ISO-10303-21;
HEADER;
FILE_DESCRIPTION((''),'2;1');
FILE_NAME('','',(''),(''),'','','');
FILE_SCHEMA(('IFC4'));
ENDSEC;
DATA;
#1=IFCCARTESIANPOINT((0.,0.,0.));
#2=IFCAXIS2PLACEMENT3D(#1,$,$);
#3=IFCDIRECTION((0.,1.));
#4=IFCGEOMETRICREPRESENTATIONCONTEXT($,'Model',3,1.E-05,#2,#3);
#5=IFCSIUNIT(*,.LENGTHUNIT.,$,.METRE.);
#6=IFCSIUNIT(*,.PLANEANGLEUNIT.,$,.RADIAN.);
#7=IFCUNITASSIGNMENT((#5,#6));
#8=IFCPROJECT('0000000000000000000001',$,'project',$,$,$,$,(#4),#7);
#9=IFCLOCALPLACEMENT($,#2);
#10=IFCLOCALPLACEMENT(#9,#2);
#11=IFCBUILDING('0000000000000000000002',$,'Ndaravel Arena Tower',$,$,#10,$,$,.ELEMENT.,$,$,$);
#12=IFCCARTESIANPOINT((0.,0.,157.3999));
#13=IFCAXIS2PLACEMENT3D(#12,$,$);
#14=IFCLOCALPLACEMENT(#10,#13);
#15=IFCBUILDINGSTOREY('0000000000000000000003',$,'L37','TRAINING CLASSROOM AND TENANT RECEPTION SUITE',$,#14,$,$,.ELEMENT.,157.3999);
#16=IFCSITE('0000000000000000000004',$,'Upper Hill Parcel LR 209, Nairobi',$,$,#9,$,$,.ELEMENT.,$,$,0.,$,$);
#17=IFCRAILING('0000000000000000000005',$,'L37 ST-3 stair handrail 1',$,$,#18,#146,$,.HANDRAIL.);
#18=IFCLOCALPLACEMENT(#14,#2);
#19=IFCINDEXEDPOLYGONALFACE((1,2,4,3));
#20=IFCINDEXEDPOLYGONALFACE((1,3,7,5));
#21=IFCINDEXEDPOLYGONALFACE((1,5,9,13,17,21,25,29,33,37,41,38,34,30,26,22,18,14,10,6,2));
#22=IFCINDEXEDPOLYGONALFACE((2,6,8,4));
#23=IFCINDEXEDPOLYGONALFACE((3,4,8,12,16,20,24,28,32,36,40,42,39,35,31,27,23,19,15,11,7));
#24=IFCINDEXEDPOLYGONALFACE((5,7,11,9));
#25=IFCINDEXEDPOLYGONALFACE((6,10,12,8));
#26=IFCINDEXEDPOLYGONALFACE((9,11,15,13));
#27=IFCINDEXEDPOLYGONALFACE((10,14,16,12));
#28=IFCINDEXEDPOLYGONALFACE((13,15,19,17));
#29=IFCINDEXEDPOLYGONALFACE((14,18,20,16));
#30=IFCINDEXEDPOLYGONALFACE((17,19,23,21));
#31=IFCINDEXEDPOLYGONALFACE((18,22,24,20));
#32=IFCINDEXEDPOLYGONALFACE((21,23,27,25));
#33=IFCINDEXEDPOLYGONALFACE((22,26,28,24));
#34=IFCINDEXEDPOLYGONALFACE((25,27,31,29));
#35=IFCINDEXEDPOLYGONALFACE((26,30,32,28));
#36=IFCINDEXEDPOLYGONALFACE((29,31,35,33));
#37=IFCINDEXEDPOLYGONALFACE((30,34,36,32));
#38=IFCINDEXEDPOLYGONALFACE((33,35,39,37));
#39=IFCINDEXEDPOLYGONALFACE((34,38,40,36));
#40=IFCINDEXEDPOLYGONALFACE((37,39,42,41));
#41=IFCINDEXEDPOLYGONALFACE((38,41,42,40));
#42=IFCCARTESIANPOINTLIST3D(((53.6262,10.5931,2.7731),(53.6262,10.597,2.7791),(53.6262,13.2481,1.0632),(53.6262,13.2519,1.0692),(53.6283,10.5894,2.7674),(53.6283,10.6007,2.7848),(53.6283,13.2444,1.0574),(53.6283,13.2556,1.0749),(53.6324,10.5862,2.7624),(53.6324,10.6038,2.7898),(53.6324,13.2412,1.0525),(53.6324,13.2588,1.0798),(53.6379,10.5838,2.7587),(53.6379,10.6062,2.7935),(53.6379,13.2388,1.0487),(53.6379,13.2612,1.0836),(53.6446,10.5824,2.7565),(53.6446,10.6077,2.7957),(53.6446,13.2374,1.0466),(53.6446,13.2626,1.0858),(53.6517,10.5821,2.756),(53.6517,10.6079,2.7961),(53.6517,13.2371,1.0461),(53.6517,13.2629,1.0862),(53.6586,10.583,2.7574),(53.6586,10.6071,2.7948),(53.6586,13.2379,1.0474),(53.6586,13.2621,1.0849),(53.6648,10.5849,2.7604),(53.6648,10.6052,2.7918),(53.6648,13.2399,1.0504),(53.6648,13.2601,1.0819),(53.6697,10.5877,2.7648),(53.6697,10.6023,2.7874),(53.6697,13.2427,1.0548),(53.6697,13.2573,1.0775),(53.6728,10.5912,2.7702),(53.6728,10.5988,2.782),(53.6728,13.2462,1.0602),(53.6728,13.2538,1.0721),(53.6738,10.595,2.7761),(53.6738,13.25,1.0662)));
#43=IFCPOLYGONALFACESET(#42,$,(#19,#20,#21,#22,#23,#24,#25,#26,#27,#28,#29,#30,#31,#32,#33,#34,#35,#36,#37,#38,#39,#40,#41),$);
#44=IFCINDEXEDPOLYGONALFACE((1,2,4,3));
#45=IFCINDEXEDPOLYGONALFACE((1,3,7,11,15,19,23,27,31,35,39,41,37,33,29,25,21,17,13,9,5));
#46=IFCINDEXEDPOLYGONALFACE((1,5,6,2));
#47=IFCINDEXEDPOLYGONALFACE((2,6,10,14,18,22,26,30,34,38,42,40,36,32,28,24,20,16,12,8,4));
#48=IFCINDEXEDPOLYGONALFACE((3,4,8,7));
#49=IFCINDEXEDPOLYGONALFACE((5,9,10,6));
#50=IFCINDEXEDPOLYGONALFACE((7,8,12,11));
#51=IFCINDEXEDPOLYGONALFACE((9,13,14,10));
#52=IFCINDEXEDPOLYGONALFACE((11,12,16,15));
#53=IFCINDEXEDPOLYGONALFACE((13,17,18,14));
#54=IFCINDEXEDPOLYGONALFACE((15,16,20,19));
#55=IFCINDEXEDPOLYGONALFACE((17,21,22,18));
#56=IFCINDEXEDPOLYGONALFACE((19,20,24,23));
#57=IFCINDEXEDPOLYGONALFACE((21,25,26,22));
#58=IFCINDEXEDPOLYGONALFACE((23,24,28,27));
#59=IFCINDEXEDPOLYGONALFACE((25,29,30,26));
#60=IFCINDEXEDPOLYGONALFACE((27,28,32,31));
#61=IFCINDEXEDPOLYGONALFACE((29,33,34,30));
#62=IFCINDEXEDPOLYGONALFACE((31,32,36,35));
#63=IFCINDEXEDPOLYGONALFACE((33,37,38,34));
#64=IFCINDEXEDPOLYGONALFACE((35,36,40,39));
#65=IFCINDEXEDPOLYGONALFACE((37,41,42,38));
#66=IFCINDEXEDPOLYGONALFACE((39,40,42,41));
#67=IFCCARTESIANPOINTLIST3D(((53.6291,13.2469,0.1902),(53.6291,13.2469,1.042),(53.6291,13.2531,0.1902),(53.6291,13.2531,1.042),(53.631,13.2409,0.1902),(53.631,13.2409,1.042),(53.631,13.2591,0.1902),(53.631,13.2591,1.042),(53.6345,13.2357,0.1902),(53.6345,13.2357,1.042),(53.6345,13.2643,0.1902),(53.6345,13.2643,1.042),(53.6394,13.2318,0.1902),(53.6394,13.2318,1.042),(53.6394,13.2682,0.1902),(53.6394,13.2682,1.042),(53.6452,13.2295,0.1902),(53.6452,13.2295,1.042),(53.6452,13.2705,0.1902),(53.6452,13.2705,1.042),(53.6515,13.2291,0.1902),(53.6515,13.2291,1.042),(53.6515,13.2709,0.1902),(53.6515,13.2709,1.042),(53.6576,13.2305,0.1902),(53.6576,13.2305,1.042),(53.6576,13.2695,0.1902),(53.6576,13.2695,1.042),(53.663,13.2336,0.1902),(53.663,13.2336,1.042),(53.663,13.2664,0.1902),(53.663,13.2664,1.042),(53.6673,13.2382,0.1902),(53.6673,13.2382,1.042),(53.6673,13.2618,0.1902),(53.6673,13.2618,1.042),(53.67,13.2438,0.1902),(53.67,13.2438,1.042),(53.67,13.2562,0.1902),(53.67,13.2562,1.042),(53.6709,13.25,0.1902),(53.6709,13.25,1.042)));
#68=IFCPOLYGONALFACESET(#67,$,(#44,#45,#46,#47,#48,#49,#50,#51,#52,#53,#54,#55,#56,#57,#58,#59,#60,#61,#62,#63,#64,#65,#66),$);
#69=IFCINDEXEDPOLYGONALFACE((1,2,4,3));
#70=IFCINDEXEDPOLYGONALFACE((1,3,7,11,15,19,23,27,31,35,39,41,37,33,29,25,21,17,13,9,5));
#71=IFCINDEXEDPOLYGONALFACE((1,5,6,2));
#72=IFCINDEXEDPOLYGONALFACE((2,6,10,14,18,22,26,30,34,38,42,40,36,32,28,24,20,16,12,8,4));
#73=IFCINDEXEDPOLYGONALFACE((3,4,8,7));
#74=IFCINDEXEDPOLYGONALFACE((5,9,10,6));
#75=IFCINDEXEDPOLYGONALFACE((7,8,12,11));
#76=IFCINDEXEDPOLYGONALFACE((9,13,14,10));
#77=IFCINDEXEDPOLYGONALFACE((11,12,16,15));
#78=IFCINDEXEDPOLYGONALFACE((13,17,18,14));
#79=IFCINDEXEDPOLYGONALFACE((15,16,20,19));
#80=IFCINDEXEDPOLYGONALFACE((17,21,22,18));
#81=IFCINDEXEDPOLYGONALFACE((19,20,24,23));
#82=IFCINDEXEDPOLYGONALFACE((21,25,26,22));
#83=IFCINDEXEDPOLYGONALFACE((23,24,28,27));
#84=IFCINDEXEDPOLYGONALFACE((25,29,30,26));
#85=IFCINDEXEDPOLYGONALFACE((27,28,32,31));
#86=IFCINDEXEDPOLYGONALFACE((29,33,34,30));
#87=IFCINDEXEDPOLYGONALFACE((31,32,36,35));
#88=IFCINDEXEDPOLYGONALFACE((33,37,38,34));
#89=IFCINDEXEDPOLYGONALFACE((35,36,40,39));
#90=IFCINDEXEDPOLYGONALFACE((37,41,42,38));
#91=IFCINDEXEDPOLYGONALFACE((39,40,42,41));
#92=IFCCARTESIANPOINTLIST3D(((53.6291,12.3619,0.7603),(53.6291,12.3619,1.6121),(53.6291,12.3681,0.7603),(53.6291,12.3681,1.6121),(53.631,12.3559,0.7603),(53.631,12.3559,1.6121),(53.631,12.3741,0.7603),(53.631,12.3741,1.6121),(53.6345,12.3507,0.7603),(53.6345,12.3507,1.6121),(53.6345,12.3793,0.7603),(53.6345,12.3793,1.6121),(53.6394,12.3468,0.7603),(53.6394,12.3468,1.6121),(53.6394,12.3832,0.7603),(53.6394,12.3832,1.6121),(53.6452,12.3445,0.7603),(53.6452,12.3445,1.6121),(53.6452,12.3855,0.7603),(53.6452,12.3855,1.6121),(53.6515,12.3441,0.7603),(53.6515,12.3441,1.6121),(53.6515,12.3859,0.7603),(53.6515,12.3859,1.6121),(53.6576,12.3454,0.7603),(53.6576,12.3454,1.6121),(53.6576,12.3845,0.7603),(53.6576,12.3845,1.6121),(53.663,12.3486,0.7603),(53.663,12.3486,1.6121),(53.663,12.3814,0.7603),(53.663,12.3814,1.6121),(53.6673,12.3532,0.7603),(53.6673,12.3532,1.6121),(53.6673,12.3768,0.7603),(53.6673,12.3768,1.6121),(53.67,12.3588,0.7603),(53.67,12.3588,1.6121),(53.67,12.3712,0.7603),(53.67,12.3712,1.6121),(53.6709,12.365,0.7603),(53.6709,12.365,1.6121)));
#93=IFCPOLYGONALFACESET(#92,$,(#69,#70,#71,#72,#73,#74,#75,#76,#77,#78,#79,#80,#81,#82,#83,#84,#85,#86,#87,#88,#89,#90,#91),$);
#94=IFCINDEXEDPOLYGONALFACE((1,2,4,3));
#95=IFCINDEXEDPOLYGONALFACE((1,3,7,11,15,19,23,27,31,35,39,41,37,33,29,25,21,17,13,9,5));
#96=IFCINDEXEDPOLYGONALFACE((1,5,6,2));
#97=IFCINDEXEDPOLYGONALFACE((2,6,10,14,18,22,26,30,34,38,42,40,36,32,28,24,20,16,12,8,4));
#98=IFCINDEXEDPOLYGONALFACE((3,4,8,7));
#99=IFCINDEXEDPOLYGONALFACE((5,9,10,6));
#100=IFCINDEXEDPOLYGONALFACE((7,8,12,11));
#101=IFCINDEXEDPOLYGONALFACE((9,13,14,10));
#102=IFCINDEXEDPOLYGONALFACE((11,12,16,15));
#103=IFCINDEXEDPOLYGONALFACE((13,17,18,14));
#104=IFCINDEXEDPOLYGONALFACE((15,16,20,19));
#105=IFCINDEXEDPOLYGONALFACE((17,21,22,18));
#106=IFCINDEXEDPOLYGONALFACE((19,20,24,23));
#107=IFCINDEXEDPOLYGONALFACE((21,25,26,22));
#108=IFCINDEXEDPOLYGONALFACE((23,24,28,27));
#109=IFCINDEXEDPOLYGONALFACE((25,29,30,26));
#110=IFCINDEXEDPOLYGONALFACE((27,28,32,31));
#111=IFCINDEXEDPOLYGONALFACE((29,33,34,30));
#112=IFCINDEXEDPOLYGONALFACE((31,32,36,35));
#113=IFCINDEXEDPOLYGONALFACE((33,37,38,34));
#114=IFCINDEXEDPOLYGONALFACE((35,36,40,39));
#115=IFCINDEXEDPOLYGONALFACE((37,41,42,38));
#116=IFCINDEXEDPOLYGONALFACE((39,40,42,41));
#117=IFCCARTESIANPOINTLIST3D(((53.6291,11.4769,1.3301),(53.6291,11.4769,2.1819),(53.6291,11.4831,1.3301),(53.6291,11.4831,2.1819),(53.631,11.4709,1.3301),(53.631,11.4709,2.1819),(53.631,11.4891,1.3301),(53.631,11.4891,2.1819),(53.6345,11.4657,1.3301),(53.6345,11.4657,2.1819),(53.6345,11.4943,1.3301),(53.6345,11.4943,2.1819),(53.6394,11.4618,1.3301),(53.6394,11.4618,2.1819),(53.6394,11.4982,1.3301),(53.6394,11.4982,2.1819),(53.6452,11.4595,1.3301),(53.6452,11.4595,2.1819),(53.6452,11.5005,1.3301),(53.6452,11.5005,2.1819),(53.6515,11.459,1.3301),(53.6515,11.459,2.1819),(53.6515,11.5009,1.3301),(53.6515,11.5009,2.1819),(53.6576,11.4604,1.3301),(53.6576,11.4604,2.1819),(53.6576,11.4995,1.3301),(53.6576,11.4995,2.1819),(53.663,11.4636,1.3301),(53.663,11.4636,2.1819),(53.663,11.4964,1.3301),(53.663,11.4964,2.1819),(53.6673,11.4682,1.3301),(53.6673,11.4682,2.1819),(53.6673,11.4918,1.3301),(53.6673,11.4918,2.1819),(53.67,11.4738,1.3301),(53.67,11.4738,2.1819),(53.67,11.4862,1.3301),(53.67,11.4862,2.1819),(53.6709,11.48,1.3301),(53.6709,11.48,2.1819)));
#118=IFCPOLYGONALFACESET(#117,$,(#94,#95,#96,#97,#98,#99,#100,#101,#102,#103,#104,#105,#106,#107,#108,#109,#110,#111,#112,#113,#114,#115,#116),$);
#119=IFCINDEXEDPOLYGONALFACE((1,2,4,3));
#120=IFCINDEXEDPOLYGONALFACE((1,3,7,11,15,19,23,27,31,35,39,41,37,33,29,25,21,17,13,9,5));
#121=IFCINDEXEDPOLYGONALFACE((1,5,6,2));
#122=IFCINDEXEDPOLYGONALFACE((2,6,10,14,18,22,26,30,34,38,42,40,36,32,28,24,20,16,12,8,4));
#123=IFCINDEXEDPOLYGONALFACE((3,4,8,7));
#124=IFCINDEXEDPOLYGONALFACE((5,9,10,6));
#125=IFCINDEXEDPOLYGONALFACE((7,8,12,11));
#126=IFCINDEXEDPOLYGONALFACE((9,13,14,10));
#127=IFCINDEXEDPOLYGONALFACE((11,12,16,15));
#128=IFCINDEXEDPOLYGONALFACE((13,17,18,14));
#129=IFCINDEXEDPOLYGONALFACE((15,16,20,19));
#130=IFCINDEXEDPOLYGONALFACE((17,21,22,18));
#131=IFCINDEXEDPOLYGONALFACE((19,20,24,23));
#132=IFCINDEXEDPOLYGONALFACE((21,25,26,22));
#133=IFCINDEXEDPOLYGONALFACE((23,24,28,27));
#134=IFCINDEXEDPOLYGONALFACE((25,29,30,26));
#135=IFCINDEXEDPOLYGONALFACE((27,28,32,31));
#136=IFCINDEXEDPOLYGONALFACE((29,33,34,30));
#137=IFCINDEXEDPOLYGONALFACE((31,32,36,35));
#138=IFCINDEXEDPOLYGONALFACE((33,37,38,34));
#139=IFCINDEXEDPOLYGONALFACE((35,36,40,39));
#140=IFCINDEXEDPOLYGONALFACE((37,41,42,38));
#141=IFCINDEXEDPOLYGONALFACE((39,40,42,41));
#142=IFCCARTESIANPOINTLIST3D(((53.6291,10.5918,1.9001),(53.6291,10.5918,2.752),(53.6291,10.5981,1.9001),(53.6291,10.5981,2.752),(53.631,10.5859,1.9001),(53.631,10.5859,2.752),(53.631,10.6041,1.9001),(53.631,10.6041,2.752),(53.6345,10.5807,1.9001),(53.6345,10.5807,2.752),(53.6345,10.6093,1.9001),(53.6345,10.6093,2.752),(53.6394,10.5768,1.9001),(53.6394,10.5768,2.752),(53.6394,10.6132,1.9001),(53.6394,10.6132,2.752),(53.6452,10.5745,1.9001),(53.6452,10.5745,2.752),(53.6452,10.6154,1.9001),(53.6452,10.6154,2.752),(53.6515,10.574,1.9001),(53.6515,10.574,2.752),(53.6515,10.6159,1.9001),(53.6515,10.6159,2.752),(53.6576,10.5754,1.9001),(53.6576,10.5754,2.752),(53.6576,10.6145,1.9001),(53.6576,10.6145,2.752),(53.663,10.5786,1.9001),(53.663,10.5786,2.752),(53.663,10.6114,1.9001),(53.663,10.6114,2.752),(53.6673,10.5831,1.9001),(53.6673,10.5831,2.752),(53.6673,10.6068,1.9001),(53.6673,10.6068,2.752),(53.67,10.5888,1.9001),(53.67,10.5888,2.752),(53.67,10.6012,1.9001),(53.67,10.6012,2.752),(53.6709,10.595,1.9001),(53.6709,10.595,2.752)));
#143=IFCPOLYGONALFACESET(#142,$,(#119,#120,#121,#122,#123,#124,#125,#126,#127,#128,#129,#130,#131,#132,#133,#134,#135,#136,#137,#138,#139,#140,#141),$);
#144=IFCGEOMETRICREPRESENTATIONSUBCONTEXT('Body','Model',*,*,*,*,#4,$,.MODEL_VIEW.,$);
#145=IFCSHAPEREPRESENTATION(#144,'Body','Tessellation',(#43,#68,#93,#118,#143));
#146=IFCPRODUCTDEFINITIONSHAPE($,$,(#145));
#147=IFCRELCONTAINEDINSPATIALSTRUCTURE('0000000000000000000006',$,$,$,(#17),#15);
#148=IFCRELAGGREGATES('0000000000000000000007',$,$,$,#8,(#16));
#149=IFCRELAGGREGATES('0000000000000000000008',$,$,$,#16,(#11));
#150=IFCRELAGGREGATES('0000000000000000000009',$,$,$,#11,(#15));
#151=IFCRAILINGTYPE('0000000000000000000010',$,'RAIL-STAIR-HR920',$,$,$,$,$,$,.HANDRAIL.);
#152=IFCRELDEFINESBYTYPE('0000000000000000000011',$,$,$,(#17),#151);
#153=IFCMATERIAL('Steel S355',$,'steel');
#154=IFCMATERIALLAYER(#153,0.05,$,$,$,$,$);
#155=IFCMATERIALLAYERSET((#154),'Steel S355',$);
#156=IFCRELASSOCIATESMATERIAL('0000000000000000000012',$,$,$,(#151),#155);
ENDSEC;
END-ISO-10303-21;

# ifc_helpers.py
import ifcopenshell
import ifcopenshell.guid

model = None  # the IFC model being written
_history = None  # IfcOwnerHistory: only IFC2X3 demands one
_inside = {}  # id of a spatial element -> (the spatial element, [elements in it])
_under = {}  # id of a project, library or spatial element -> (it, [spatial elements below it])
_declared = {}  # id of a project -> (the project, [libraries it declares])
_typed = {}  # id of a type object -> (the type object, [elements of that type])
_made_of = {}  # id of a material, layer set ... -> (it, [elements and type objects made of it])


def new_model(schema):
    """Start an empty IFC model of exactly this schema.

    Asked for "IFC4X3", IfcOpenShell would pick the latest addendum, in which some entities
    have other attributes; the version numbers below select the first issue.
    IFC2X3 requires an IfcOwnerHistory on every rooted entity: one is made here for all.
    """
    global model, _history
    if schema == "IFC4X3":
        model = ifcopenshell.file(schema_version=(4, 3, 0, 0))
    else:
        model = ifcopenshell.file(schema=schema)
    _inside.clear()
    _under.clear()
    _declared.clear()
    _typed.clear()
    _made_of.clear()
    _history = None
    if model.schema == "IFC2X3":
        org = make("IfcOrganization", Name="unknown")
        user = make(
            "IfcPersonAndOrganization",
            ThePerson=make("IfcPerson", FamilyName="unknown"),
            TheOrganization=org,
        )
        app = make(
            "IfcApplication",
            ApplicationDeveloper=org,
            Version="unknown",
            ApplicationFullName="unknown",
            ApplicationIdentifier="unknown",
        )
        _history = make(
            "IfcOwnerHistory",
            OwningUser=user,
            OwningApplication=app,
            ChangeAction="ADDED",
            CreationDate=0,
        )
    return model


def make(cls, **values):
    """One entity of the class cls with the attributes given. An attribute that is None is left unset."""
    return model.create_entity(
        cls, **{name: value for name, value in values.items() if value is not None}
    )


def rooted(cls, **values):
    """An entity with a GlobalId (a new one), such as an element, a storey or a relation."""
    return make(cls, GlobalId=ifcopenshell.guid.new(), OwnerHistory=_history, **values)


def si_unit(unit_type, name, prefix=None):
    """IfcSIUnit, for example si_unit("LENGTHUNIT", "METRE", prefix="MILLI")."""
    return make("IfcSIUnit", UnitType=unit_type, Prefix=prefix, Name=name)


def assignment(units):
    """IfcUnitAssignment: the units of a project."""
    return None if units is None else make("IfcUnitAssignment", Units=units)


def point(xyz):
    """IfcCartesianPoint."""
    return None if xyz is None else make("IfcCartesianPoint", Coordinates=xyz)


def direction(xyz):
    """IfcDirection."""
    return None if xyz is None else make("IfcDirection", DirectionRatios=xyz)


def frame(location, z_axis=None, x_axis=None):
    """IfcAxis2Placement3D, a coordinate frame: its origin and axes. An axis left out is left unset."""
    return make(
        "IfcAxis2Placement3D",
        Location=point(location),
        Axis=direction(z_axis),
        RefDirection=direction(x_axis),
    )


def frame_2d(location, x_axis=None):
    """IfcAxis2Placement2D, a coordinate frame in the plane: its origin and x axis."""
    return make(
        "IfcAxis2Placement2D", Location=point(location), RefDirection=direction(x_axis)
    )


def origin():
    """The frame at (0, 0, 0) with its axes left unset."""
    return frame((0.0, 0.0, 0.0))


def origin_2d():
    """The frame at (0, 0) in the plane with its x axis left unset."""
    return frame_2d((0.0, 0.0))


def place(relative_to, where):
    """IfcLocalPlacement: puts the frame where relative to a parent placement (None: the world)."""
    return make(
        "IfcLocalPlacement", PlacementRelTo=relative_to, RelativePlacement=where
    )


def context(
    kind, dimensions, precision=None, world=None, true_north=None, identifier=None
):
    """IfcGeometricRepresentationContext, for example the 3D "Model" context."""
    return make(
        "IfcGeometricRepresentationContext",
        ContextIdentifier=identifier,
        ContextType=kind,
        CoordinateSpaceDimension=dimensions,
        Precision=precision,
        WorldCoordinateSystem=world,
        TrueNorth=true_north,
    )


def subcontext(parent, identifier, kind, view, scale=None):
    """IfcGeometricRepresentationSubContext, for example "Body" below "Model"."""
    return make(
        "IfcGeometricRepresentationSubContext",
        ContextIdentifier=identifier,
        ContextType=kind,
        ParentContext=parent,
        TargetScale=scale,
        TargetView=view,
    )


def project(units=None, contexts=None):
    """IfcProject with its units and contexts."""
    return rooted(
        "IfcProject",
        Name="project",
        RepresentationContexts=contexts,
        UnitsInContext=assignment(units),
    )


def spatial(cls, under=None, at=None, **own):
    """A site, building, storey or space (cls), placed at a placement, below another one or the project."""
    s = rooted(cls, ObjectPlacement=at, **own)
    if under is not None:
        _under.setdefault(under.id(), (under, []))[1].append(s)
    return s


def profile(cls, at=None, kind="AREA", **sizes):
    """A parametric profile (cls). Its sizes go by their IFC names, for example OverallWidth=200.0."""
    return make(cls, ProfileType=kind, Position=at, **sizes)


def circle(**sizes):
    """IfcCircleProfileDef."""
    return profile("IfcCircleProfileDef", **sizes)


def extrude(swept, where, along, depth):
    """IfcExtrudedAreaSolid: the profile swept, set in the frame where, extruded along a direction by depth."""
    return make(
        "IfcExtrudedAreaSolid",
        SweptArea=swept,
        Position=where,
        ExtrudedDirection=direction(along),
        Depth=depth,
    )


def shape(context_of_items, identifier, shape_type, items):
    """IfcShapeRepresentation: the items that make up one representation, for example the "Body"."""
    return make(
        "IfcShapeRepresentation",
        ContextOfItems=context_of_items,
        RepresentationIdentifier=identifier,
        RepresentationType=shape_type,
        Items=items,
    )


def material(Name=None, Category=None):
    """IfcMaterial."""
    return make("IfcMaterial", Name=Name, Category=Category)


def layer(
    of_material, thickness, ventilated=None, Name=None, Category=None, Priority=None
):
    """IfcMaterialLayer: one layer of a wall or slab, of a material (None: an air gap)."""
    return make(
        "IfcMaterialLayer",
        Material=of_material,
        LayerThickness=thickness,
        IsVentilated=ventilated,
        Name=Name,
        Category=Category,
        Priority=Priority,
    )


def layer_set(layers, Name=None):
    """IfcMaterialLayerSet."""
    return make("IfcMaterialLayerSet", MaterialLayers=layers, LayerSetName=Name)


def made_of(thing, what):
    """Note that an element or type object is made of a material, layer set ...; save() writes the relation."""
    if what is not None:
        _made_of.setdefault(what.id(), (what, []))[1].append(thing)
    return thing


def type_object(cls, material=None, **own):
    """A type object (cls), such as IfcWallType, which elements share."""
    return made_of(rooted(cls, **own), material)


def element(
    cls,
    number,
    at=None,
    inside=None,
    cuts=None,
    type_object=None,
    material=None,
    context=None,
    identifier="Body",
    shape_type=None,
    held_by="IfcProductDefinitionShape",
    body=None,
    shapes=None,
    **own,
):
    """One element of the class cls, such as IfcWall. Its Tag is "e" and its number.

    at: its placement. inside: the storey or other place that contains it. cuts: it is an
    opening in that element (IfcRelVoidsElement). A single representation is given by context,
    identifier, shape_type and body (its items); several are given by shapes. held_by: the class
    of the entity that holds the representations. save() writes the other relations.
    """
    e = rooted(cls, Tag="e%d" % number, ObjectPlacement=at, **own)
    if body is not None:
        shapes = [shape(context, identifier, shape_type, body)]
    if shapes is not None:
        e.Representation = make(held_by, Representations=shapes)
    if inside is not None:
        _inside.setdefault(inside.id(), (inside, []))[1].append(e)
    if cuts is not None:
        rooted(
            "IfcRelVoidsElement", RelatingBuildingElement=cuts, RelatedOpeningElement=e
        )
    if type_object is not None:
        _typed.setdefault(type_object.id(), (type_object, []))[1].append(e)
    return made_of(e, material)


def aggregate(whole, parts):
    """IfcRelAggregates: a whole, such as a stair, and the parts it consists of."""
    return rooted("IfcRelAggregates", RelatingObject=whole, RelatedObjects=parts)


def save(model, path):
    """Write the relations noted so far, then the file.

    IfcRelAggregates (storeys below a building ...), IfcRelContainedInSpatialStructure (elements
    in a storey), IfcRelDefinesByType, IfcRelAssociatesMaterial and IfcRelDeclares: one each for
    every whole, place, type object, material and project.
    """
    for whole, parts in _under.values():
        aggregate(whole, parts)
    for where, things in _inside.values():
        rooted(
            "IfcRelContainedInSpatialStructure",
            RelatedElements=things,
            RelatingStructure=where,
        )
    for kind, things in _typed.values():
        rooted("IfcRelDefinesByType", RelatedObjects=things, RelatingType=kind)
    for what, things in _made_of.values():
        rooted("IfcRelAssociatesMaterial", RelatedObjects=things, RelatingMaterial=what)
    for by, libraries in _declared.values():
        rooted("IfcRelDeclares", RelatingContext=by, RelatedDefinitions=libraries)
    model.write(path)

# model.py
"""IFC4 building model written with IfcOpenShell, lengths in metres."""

from ifc_helpers import new_model, si_unit, direction, frame, origin, origin_2d, place, context, subcontext, project, spatial, circle, extrude, material, layer, layer_set, type_object, element, save


model = new_model("IFC4")

# Units and contexts
model_context = context("Model", 3, precision=1e-05, world=origin(), true_north=direction((0.0, 1.0)))
body_context = subcontext(model_context, "Body", "Model", "MODEL_VIEW")
ifc_project = project(units=[si_unit("LENGTHUNIT", "METRE"), si_unit("PLANEANGLEUNIT", "RADIAN")], contexts=[model_context])

# Site, building, storey
site_placement = place(None, origin())
site = spatial("IfcSite", under=ifc_project, at=site_placement, Name="Upper Hill Parcel LR 209, Nairobi", CompositionType="ELEMENT", RefElevation=0.0)
building_placement = place(site_placement, origin())
building = spatial("IfcBuilding", under=site, at=building_placement, Name="Ndaravel Arena Tower", CompositionType="ELEMENT")
storey_placement = place(building_placement, frame((0.0, 0.0, 157.3999)))
storey = spatial("IfcBuildingStorey", under=building, at=storey_placement, Name="L37", Description="TRAINING CLASSROOM AND TENANT RECEPTION SUITE", CompositionType="ELEMENT", Elevation=157.3999)

# Railing
ifc_material_1 = material(Name="Steel S355", Category="steel")
ifc_layer_1 = layer(ifc_material_1, 0.05)
ifc_layer_set_1 = layer_set([ifc_layer_1], Name="Steel S355")
railing_type_1 = type_object("IfcRailingType", Name="RAIL-STAIR-HR920", PredefinedType="HANDRAIL", material=ifc_layer_set_1)
railing_1_placement = place(storey_placement, frame((53.6499, 13.25, 0.1902)))
element("IfcRailing", 1, at=railing_1_placement, inside=storey, type_object=railing_type_1, Name="L37 ST-3 stair handrail 1", PredefinedType="HANDRAIL", context=body_context, shape_type="SweptSolid", body=[
    extrude(circle(Radius=0.0239, at=origin_2d()), frame((0.0, 0.0, 0.876), z_axis=(0.0, -0.840724, 0.541465), x_axis=(1.0, 0.0, 0.0)), (0.0, 0.0, 1.0), 3.158),
    extrude(circle(Radius=0.021, at=origin_2d()), origin(), (0.0, 0.0, 1.0), 0.8518),
    extrude(circle(Radius=0.021, at=origin_2d()), frame((0.0, -0.885, 0.5701)), (0.0, 0.0, 1.0), 0.8518),
    extrude(circle(Radius=0.021, at=origin_2d()), frame((0.0, -1.77, 1.1399)), (0.0, 0.0, 1.0), 0.8518),
    extrude(circle(Radius=0.021, at=origin_2d()), frame((0.0, -2.655, 1.71)), (0.0, 0.0, 1.0), 0.8518),
])

save(model, "model.ifc")
